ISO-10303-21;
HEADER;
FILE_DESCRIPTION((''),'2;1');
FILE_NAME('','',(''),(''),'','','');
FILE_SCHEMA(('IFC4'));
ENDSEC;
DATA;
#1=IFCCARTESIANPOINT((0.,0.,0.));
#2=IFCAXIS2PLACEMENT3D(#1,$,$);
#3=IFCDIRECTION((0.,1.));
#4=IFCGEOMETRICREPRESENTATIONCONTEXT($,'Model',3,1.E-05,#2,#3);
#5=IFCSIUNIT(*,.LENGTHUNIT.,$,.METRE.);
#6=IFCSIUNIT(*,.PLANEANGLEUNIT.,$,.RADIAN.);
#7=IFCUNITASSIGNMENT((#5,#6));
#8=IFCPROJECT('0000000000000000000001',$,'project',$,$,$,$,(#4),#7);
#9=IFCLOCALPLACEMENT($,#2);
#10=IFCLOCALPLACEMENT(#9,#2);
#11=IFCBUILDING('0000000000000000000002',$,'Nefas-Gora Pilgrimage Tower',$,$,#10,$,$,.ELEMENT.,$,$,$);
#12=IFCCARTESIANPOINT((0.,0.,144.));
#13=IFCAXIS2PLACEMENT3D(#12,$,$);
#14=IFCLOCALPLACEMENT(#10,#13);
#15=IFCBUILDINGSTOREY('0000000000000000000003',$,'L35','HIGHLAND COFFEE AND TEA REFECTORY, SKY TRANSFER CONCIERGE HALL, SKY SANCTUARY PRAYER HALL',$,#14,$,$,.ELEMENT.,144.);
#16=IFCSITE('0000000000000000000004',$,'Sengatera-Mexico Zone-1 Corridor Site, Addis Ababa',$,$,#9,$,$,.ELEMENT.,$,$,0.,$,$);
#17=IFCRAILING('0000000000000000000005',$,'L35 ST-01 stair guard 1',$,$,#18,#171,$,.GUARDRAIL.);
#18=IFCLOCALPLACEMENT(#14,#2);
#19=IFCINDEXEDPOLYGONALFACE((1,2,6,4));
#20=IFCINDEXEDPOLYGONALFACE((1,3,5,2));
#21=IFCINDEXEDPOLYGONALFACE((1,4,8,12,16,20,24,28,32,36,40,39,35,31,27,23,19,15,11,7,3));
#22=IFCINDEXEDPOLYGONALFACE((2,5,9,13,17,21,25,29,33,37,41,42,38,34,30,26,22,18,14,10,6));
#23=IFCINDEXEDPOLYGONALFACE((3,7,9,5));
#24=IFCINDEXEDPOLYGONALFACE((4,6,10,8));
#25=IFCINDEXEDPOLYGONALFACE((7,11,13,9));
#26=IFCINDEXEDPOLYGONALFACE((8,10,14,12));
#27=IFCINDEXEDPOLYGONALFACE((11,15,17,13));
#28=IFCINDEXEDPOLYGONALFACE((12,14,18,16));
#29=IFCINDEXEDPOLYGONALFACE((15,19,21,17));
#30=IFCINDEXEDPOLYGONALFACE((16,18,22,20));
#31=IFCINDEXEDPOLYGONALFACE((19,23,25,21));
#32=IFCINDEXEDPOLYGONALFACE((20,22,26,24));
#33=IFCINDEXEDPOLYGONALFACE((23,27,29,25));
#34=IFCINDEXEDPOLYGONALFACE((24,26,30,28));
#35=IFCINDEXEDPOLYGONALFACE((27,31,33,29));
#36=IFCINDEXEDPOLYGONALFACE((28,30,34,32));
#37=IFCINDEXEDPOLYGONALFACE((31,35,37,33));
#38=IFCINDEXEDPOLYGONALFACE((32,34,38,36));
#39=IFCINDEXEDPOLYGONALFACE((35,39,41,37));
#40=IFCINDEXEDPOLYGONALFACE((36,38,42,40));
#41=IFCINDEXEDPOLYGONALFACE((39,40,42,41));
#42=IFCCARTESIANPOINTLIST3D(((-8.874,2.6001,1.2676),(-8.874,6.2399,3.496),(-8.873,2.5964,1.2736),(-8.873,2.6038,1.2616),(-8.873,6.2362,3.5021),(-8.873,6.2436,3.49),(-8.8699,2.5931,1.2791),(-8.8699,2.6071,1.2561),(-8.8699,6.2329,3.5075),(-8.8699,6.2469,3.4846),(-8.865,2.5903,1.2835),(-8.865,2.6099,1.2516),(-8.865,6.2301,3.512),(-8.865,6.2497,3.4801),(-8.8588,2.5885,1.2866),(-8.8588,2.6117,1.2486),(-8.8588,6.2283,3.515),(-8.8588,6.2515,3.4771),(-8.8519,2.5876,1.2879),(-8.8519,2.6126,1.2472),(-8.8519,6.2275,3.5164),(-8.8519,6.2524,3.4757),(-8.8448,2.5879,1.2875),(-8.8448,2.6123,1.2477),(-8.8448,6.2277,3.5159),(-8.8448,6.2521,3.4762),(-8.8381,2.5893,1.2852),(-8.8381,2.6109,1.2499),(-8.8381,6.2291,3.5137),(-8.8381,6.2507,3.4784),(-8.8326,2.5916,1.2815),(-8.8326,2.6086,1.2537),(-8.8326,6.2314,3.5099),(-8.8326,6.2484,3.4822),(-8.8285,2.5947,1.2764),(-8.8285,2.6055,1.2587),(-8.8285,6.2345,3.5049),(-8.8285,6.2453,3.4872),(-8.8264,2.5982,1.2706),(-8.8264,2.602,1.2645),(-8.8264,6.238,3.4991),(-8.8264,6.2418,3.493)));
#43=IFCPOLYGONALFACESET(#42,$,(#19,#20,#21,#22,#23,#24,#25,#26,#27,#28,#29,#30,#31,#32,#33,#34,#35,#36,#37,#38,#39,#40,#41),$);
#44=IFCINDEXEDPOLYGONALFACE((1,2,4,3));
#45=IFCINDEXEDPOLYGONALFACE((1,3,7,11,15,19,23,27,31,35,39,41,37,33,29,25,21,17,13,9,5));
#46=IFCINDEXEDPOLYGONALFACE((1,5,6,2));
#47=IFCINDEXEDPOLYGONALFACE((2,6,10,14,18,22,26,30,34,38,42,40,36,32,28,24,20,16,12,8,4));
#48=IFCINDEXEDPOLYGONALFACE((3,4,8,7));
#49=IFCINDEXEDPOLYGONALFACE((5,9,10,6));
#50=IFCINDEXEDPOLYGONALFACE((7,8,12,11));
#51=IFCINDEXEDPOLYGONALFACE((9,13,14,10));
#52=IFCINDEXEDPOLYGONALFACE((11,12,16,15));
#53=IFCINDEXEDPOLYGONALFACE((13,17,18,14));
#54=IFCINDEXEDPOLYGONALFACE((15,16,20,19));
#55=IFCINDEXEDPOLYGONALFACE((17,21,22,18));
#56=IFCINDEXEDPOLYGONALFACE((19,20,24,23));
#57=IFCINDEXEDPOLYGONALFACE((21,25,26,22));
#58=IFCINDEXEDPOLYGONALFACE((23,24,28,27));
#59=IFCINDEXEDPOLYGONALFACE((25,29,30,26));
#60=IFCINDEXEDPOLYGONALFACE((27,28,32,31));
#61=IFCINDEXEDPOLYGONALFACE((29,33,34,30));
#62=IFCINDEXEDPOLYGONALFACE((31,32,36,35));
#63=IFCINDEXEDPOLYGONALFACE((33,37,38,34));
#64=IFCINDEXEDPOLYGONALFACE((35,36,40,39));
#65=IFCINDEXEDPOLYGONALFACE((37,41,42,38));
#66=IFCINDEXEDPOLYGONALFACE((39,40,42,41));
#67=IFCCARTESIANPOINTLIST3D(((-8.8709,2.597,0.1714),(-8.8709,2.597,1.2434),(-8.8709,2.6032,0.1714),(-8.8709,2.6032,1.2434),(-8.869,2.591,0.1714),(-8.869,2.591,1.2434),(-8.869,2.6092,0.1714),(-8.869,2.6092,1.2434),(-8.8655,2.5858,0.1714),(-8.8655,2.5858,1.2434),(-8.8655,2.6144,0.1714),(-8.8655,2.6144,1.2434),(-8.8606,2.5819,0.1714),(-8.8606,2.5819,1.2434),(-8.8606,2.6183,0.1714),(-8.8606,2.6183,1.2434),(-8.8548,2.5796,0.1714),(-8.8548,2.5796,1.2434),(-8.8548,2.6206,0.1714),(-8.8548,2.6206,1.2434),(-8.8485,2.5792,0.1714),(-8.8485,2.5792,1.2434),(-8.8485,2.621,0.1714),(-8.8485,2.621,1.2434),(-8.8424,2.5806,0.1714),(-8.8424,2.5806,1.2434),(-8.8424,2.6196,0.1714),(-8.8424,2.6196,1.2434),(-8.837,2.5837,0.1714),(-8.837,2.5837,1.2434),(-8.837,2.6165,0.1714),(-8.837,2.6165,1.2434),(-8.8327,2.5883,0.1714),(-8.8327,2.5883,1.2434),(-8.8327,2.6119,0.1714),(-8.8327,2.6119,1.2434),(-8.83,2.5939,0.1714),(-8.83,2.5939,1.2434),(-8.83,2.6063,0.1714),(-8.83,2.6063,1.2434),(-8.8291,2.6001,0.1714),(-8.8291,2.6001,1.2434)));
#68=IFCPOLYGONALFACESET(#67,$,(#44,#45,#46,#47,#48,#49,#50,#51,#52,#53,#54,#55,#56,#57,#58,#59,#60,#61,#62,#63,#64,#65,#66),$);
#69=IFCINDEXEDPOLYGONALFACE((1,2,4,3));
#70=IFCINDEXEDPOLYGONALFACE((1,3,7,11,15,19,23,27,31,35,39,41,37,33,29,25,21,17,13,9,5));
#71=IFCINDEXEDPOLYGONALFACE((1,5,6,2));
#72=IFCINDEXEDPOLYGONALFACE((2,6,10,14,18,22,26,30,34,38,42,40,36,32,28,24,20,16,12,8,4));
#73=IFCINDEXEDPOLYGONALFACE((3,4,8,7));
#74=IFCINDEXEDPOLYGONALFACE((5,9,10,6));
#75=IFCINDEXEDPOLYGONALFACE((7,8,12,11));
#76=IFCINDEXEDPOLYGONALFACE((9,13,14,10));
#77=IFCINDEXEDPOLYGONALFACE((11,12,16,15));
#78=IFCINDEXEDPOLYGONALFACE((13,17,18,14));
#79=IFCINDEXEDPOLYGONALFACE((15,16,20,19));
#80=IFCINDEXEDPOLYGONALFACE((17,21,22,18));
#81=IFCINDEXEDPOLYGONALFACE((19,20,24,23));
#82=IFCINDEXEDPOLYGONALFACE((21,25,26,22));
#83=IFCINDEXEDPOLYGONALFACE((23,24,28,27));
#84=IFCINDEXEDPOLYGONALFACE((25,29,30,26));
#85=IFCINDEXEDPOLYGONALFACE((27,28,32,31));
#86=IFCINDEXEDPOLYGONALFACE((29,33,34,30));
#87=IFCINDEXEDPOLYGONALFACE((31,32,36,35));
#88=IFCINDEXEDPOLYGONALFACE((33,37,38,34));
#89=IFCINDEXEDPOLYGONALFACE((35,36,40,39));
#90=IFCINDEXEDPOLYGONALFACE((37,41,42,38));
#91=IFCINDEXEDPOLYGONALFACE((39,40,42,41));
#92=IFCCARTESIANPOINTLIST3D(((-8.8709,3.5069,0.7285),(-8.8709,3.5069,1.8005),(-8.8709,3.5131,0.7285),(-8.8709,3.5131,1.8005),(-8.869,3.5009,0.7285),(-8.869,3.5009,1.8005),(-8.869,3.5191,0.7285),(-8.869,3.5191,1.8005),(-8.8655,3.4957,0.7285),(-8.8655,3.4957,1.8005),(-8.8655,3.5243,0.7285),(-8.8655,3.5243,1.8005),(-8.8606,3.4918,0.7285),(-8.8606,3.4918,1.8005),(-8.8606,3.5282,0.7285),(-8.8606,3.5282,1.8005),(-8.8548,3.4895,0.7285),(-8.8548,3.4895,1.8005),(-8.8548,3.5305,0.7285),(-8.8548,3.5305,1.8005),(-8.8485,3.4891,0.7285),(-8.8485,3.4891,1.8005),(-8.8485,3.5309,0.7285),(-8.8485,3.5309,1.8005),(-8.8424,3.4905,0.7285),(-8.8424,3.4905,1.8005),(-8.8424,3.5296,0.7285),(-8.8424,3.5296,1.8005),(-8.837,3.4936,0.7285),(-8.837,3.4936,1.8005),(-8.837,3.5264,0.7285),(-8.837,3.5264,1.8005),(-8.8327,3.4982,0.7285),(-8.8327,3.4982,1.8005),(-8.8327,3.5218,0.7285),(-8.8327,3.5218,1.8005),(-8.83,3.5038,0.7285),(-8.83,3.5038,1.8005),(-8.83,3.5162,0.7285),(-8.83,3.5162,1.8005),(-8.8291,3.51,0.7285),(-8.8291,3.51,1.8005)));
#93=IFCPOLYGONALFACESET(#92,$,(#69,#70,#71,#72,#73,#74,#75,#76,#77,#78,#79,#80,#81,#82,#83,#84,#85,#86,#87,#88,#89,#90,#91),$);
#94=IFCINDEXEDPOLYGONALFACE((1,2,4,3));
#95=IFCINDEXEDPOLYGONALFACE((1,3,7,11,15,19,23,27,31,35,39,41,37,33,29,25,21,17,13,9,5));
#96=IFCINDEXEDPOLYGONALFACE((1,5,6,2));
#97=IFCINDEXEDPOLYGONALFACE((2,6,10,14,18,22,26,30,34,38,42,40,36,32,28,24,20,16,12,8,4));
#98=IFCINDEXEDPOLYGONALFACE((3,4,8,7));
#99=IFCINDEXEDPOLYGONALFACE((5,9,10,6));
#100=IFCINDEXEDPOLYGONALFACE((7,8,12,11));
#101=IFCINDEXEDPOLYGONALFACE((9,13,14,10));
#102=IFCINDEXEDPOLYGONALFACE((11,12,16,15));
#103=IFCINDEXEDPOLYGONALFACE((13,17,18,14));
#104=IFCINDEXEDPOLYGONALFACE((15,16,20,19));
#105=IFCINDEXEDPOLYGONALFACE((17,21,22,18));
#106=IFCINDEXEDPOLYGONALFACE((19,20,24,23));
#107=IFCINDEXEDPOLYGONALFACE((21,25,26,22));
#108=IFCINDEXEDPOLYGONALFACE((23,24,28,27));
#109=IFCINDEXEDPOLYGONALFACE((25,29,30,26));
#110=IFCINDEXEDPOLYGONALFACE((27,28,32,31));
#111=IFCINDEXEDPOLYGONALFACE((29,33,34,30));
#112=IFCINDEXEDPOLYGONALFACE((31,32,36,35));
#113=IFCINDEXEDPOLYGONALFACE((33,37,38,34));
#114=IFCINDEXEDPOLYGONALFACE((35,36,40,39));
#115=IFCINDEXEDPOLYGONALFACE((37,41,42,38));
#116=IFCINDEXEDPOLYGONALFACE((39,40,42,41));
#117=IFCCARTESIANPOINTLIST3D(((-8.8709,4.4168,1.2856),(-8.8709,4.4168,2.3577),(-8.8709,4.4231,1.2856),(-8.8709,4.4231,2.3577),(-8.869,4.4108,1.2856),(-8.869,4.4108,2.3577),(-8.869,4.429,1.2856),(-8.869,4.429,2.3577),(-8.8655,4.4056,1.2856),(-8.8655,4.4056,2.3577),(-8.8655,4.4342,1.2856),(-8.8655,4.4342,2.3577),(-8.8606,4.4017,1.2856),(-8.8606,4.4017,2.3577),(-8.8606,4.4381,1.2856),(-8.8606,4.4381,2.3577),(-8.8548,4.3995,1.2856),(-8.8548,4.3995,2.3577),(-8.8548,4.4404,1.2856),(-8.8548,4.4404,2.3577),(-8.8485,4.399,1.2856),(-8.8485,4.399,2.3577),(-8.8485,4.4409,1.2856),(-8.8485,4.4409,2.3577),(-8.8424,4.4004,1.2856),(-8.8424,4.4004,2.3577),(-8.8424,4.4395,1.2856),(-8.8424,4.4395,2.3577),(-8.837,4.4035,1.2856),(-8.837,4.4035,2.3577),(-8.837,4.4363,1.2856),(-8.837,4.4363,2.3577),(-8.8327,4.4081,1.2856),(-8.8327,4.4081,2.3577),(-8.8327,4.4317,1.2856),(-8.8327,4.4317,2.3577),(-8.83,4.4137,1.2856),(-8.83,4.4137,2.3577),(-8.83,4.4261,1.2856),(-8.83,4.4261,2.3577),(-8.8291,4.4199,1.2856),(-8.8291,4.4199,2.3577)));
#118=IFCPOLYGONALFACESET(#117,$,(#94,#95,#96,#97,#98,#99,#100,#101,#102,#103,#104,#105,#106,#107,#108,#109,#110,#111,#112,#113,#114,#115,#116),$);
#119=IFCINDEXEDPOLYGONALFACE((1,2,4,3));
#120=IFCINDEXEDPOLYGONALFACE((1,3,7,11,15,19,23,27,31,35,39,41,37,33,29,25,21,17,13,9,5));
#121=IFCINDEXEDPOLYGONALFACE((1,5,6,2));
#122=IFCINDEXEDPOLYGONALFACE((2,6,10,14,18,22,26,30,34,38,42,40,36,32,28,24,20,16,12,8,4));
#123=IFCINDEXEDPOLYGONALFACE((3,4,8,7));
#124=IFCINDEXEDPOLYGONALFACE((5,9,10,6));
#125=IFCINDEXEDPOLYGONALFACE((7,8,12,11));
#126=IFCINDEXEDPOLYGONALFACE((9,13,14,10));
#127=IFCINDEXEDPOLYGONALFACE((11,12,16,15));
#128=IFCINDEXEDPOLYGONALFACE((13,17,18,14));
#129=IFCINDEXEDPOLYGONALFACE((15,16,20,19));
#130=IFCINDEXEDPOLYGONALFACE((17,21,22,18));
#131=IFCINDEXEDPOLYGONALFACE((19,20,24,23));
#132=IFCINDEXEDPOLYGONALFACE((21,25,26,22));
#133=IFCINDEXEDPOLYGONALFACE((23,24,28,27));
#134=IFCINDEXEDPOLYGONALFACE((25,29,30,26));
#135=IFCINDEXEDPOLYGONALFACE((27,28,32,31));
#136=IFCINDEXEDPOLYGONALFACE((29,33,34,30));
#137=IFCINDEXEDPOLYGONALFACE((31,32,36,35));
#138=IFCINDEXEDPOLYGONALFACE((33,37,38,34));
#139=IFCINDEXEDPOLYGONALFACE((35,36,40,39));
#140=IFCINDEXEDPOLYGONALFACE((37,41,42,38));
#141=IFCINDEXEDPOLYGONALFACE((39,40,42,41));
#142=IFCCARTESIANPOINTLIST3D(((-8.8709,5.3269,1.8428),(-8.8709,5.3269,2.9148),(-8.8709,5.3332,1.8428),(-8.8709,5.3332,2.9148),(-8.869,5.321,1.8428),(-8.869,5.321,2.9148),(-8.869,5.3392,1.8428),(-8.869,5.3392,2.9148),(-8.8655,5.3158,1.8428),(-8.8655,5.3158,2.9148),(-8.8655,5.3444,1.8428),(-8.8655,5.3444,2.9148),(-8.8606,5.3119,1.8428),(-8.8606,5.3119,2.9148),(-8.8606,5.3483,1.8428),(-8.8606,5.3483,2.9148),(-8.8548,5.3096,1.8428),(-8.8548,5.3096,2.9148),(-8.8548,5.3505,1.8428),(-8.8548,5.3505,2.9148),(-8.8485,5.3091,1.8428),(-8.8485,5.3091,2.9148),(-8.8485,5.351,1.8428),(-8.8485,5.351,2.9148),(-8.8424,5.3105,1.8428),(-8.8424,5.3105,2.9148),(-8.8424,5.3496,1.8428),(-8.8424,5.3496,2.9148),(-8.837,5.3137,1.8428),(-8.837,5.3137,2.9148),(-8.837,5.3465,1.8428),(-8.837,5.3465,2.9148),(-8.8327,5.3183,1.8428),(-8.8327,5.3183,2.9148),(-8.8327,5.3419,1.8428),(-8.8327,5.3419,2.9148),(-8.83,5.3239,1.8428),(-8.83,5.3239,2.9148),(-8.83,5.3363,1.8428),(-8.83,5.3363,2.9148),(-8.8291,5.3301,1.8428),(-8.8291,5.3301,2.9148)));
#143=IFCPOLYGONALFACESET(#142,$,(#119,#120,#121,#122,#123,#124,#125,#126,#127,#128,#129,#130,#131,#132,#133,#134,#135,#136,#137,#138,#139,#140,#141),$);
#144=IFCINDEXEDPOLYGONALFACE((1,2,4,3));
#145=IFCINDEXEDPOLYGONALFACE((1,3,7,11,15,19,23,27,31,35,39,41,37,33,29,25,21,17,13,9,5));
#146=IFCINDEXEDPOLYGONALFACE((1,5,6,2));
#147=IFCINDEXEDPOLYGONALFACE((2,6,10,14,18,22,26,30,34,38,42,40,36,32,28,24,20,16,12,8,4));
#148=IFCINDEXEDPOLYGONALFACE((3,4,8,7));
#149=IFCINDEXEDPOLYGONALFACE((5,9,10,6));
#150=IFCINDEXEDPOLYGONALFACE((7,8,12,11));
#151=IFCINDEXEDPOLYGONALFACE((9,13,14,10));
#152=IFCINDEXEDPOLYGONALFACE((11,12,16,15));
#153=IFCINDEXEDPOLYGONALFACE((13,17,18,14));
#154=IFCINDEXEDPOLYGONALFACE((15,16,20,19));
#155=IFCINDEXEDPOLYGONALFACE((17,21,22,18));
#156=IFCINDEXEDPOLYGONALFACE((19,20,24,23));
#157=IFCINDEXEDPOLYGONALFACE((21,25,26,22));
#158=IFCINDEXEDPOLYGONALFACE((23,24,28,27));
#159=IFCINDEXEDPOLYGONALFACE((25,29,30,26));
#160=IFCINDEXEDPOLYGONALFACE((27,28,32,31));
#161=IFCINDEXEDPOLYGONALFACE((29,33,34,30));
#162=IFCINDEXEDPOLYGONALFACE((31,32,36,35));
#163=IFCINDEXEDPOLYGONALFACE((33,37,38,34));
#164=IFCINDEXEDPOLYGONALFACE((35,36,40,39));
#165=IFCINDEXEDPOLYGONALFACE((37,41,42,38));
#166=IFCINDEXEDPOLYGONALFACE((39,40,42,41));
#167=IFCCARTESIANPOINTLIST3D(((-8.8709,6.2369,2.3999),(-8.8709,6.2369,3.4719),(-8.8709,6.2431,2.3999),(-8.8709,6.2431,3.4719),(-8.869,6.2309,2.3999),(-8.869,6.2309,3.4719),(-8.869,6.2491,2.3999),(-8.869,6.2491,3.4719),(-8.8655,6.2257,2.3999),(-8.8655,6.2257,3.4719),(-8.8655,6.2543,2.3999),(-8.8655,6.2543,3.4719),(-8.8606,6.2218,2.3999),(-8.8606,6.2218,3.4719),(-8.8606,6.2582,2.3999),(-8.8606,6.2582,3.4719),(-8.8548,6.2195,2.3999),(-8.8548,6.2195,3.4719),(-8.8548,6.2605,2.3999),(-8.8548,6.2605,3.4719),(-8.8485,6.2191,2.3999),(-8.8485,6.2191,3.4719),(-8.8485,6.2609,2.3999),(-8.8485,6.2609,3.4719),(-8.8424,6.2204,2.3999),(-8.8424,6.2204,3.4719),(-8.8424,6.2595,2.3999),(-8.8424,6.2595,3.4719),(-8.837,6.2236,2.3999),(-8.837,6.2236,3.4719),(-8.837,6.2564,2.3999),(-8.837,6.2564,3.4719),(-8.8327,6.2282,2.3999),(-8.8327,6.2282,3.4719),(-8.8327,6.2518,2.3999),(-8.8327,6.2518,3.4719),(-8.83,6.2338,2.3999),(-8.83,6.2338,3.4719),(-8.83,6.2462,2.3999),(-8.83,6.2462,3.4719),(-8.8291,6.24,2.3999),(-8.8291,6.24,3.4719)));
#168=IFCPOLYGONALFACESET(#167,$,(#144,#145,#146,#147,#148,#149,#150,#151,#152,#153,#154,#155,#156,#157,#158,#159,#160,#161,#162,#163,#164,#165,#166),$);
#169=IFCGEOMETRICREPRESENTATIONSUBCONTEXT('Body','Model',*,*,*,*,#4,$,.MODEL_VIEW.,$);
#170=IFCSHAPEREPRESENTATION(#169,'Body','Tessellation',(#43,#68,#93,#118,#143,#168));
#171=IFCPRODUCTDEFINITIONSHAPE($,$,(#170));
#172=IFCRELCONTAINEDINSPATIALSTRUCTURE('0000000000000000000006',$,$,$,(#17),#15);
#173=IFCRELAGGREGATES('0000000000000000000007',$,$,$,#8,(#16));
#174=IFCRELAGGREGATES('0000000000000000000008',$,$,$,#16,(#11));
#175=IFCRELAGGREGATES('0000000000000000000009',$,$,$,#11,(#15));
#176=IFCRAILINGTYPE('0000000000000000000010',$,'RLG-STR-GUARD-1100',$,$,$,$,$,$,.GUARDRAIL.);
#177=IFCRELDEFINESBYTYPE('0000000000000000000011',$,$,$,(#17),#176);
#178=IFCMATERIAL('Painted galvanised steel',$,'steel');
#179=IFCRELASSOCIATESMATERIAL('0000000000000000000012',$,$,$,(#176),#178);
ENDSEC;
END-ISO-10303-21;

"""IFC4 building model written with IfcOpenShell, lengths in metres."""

from ifc_helpers import new_model, si_unit, direction, frame, origin, origin_2d, place, context, subcontext, project, spatial, circle, extrude, material, type_object, element, save


model = new_model("IFC4")

# Units and contexts
model_context = context("Model", 3, precision=1e-05, world=origin(), true_north=direction((0.0, 1.0)))
body_context = subcontext(model_context, "Body", "Model", "MODEL_VIEW")
ifc_project = project(units=[si_unit("LENGTHUNIT", "METRE"), si_unit("PLANEANGLEUNIT", "RADIAN")], contexts=[model_context])

# Site, building, storey
site_placement = place(None, origin())
site = spatial("IfcSite", under=ifc_project, at=site_placement, Name="Sengatera-Mexico Zone-1 Corridor Site, Addis Ababa", CompositionType="ELEMENT", RefElevation=0.0)
building_placement = place(site_placement, origin())
building = spatial("IfcBuilding", under=site, at=building_placement, Name="Nefas-Gora Pilgrimage Tower", CompositionType="ELEMENT")
storey_placement = place(building_placement, frame((0.0, 0.0, 144.0)))
storey = spatial("IfcBuildingStorey", under=building, at=storey_placement, Name="L35", Description="HIGHLAND COFFEE AND TEA REFECTORY, SKY TRANSFER CONCIERGE HALL, SKY SANCTUARY PRAYER HALL", CompositionType="ELEMENT", Elevation=144.0)

# Railing
ifc_material_1 = material(Name="Painted galvanised steel", Category="steel")
railing_type_1 = type_object("IfcRailingType", Name="RLG-STR-GUARD-1100", PredefinedType="GUARDRAIL", material=ifc_material_1)
railing_1_placement = place(storey_placement, frame((-8.8501, 2.6001, 0.1714)))
element("IfcRailing", 1, at=railing_1_placement, inside=storey, type_object=railing_type_1, Name="L35 ST-01 stair guard 1", PredefinedType="GUARDRAIL", context=body_context, shape_type="SweptSolid", body=[
    extrude(circle(Radius=0.0239, at=origin_2d()), frame((0.0, 0.0, 1.0962), z_axis=(0.0, 0.85285, 0.522156), x_axis=(-1.0, 0.0, 0.0)), (0.0, 0.0, 1.0), 4.2678),
    extrude(circle(Radius=0.021, at=origin_2d()), origin(), (0.0, 0.0, 1.0), 1.072),
    extrude(circle(Radius=0.021, at=origin_2d()), frame((0.0, 0.9099, 0.5571)), (0.0, 0.0, 1.0), 1.072),
    extrude(circle(Radius=0.021, at=origin_2d()), frame((0.0, 1.8198, 1.1143)), (0.0, 0.0, 1.0), 1.072),
    extrude(circle(Radius=0.021, at=origin_2d()), frame((0.0, 2.73, 1.6714)), (0.0, 0.0, 1.0), 1.072),
    extrude(circle(Radius=0.021, at=origin_2d()), frame((0.0, 3.6399, 2.2285)), (0.0, 0.0, 1.0), 1.072),
])

save(model, "model.ifc")
